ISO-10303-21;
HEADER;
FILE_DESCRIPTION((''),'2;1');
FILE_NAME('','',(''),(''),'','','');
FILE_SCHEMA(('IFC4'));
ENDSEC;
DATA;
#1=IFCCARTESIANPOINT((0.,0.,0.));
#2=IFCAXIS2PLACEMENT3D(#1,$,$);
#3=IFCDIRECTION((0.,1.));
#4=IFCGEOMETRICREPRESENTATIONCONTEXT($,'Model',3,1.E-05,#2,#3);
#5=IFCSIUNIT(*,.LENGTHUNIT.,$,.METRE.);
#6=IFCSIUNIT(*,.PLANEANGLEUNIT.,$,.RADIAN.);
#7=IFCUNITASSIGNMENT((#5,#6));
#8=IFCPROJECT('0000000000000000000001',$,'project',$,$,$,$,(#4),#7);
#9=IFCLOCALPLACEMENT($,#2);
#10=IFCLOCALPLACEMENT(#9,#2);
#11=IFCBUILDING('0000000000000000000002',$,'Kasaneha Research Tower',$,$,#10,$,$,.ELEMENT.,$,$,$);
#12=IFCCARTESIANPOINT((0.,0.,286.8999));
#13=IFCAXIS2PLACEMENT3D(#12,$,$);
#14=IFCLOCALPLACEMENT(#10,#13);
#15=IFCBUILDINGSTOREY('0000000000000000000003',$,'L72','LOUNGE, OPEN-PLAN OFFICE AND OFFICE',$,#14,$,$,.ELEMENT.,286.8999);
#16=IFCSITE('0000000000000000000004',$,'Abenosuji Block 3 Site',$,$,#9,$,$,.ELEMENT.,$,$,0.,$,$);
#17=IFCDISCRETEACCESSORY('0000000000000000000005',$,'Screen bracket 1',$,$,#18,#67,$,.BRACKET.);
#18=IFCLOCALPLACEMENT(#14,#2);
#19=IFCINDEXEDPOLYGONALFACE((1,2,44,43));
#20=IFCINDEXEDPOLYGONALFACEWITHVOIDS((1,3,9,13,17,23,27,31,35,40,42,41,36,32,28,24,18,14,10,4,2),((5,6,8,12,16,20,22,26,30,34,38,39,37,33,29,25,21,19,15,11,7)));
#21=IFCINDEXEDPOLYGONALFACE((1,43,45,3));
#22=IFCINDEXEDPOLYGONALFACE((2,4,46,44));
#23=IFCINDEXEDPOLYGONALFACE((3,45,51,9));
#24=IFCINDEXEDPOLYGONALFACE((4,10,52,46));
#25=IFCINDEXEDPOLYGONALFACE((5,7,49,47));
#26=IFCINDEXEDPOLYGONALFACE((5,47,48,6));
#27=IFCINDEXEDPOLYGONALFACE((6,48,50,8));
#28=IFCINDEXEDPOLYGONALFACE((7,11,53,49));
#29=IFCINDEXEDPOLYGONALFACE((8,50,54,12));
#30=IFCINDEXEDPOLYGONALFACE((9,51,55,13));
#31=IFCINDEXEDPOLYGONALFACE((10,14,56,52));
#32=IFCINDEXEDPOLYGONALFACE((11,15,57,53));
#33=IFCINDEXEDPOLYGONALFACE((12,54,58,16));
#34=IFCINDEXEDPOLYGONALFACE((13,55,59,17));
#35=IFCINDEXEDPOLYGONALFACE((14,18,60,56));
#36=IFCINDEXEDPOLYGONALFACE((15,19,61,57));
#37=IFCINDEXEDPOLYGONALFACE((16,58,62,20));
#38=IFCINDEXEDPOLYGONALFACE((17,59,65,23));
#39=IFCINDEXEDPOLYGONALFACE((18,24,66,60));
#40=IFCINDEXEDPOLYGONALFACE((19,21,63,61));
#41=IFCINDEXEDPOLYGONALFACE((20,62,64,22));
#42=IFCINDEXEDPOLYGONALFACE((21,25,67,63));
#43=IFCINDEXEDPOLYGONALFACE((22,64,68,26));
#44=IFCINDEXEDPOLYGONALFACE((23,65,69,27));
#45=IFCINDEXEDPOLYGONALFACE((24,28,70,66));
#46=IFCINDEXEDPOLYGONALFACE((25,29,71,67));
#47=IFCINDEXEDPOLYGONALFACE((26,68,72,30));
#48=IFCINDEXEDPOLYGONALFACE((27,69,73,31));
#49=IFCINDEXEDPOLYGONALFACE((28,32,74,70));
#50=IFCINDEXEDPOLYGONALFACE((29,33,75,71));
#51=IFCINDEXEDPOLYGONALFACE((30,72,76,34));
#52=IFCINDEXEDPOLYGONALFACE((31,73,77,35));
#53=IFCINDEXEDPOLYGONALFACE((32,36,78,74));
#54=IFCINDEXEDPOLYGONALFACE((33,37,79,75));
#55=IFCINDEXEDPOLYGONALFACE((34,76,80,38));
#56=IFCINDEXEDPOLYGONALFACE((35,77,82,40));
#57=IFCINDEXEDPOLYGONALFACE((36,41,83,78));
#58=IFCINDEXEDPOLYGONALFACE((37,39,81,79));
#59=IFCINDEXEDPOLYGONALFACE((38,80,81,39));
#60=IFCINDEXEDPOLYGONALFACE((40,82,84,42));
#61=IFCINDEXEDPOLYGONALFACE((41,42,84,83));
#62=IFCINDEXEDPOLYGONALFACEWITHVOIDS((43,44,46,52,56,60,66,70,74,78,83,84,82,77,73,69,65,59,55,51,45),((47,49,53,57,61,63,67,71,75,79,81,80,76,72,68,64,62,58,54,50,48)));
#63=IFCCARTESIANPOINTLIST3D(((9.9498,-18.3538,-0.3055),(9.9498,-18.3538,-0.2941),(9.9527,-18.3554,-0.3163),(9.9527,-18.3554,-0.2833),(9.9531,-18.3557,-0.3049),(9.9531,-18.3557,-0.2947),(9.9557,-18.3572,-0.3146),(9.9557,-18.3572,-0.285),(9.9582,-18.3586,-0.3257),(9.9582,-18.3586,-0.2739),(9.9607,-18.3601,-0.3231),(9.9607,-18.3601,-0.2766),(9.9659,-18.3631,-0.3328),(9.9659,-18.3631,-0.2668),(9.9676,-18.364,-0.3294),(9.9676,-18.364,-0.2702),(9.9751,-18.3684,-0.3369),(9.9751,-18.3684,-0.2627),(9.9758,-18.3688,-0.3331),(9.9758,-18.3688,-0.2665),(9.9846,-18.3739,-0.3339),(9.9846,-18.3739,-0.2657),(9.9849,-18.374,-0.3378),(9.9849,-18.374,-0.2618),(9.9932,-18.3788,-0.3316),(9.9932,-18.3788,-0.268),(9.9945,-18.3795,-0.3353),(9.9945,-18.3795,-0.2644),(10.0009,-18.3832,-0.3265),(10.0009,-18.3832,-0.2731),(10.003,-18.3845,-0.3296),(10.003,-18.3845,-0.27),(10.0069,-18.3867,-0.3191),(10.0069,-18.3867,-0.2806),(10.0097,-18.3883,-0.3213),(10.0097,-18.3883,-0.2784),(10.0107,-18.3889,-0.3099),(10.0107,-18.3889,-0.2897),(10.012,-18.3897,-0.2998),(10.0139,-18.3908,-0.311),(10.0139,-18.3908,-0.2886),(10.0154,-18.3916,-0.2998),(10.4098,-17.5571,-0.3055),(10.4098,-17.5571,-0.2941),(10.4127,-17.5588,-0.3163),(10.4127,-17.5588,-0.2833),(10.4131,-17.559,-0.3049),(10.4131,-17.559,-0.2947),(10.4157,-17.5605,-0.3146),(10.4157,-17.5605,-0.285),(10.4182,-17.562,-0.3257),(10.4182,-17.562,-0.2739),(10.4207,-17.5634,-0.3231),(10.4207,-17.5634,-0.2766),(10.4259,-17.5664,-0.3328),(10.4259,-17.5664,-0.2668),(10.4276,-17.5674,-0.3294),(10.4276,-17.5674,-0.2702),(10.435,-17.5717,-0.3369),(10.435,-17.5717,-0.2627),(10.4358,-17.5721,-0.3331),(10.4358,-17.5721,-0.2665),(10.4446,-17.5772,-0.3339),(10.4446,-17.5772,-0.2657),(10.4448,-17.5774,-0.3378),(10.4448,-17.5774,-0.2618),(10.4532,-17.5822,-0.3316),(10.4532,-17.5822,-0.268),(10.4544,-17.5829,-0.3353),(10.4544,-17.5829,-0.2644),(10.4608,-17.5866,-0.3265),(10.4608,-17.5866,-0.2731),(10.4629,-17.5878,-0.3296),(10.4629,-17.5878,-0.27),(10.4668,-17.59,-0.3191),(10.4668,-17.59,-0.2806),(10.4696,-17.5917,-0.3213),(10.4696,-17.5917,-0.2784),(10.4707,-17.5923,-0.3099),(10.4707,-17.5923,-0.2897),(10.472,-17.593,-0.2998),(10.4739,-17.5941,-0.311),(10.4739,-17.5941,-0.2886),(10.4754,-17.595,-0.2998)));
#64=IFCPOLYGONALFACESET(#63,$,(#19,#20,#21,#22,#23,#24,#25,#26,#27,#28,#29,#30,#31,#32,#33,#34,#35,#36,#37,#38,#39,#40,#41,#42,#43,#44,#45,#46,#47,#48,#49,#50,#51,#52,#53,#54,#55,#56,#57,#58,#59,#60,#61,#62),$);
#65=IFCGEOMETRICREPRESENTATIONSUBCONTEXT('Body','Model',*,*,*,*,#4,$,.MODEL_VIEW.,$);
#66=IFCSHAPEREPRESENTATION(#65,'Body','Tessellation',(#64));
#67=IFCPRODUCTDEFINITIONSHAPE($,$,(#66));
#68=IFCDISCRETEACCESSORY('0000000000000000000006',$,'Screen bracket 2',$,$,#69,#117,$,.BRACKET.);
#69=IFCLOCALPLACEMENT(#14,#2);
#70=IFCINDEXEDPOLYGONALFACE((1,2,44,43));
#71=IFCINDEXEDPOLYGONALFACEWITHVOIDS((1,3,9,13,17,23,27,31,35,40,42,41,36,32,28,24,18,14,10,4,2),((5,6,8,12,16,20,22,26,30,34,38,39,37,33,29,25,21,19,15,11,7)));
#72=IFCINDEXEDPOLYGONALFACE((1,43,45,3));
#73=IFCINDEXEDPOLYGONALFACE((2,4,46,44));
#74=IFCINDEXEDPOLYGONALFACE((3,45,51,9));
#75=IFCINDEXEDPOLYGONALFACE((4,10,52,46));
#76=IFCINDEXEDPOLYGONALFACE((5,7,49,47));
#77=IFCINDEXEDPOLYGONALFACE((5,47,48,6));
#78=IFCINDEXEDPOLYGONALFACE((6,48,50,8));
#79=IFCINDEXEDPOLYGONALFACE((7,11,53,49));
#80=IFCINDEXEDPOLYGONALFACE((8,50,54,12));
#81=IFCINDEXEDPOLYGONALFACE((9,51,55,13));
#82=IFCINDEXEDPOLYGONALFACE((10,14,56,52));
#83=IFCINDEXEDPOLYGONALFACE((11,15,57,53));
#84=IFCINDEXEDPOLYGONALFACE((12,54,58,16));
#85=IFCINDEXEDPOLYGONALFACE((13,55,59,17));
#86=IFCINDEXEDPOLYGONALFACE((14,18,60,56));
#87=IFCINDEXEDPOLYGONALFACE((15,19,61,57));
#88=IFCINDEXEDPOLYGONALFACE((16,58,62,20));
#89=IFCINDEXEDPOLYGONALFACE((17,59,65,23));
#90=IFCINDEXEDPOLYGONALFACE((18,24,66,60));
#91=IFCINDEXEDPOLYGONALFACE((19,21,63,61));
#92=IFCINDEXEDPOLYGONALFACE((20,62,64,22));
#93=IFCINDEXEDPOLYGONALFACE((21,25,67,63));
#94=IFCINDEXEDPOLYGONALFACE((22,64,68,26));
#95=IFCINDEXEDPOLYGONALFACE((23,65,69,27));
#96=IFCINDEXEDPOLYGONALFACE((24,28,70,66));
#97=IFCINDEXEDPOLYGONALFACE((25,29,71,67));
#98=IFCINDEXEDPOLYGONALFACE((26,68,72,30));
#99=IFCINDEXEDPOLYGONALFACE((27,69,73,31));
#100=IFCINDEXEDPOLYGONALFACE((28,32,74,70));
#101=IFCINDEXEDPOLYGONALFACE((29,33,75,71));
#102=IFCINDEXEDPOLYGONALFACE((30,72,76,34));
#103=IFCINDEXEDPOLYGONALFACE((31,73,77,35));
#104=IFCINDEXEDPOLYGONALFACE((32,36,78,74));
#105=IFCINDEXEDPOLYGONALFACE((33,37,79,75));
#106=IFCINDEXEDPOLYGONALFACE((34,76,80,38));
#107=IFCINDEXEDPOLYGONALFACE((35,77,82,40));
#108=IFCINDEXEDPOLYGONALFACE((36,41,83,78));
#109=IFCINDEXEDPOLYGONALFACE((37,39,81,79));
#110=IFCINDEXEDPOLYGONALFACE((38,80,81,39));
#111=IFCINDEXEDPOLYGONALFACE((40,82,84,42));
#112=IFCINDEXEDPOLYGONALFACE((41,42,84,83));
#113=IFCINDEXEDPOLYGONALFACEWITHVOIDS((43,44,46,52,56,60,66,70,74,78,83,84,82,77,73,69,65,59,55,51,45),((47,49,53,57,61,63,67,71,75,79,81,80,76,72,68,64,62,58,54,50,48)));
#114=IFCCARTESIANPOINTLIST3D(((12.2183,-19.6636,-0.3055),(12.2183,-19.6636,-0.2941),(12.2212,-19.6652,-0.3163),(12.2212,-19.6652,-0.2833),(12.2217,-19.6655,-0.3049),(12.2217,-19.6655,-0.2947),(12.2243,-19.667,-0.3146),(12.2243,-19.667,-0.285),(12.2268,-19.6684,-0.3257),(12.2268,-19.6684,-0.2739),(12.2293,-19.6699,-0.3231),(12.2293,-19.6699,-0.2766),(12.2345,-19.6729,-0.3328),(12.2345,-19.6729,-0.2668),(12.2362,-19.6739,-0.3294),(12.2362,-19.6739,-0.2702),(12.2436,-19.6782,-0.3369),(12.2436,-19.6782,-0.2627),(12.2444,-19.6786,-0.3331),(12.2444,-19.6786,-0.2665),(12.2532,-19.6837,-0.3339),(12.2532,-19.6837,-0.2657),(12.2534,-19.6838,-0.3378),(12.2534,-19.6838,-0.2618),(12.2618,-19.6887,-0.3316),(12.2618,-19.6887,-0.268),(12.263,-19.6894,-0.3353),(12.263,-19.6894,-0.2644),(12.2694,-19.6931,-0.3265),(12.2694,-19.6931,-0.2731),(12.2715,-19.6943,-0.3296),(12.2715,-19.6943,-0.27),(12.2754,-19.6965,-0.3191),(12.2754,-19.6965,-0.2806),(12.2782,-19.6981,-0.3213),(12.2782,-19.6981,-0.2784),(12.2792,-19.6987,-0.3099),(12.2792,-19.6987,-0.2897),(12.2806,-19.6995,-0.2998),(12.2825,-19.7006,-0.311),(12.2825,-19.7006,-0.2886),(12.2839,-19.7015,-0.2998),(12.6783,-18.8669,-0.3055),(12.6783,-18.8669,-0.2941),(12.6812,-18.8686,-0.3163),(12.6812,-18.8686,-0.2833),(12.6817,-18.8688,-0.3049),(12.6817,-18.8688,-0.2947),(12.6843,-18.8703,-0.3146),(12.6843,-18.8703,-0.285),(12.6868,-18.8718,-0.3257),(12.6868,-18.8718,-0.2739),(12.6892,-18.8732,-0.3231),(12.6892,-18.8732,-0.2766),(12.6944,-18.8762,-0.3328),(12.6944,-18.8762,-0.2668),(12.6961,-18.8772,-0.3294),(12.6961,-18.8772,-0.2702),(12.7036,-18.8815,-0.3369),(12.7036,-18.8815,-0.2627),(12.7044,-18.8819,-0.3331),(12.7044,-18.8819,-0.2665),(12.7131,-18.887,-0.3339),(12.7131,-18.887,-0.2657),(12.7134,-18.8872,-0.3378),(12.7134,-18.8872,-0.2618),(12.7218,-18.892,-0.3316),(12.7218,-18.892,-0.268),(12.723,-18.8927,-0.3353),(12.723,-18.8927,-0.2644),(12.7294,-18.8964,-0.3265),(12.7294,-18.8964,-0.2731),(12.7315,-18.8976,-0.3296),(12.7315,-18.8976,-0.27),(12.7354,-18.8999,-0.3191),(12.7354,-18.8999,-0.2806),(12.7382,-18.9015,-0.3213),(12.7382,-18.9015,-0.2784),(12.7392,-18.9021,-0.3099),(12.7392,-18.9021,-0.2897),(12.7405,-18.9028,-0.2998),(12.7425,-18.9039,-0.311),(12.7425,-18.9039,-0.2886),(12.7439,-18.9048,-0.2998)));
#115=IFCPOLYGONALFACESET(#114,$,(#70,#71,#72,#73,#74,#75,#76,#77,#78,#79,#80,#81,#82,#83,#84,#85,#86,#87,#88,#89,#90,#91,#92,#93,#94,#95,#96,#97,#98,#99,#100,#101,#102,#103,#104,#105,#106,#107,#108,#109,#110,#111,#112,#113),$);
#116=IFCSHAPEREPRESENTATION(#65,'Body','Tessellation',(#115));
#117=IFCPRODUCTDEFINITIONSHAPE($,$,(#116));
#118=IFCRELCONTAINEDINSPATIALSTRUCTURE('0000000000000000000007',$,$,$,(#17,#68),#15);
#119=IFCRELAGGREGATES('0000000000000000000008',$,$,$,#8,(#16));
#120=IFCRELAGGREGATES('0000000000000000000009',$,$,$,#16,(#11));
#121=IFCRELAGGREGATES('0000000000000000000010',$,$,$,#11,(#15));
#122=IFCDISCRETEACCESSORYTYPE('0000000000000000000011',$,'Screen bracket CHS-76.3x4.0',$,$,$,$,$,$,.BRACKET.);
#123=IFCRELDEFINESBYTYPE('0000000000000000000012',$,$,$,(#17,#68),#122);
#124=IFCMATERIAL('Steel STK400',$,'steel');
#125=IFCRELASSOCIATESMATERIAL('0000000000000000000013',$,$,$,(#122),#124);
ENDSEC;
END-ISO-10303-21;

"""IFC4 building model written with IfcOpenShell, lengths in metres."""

from ifc_helpers import new_model, si_unit, direction, frame, origin, origin_2d, place, context, subcontext, project, spatial, hollow_circle, extrude, material, material_profile, profile_set, type_object, element, save


model = new_model("IFC4")

# Units and contexts
model_context = context("Model", 3, precision=1e-05, world=origin(), true_north=direction((0.0, 1.0)))
body_context = subcontext(model_context, "Body", "Model", "MODEL_VIEW")
ifc_project = project(units=[si_unit("LENGTHUNIT", "METRE"), si_unit("PLANEANGLEUNIT", "RADIAN")], contexts=[model_context])

# Site, building, storey
site_placement = place(None, origin())
site = spatial("IfcSite", under=ifc_project, at=site_placement, Name="Abenosuji Block 3 Site", CompositionType="ELEMENT", RefElevation=0.0)
building_placement = place(site_placement, origin())
building = spatial("IfcBuilding", under=site, at=building_placement, Name="Kasaneha Research Tower", CompositionType="ELEMENT")
storey_placement = place(building_placement, frame((0.0, 0.0, 286.8999)))
storey = spatial("IfcBuildingStorey", under=building, at=storey_placement, Name="L72", Description="LOUNGE, OPEN-PLAN OFFICE AND OFFICE", CompositionType="ELEMENT", Elevation=286.8999)

# Discrete accessories
ifc_material_1 = material(Name="Steel STK400", Category="steel")
ifc_material_profile_1 = material_profile(ifc_material_1, hollow_circle(Radius=0.0381, WallThickness=0.0039, at=origin_2d()), Name="CHS-76.3x4.0")
ifc_profile_set_1 = profile_set([ifc_material_profile_1], Name="Steel STK400")
discrete_accessory_type = type_object("IfcDiscreteAccessoryType", Name="Screen bracket CHS-76.3x4.0", PredefinedType="BRACKET", material=ifc_profile_set_1)
for number, where, z_axis, x_axis, name in (
    (1, (10.4424, -17.5759, -0.2998), (-0.500021, -0.866013, 0.0), (0.866013, -0.500021, 0.0), "Screen bracket 1"),
    (2, (12.7109, -18.8857, -0.2998), (-0.500021, -0.866013, 0.0), (0.866013, -0.500021, 0.0), "Screen bracket 2"),
):
    element("IfcDiscreteAccessory", number, at=place(storey_placement, frame(where, z_axis=z_axis, x_axis=x_axis)), inside=storey, type_object=discrete_accessory_type, Name=name, PredefinedType="BRACKET", context=body_context, shape_type="SweptSolid", body=[
        extrude(hollow_circle(Radius=0.0381, WallThickness=0.0039, at=origin_2d()), origin(), (0.0, 0.0, 1.0), 0.9199),
    ])

save(model, "model.ifc")
